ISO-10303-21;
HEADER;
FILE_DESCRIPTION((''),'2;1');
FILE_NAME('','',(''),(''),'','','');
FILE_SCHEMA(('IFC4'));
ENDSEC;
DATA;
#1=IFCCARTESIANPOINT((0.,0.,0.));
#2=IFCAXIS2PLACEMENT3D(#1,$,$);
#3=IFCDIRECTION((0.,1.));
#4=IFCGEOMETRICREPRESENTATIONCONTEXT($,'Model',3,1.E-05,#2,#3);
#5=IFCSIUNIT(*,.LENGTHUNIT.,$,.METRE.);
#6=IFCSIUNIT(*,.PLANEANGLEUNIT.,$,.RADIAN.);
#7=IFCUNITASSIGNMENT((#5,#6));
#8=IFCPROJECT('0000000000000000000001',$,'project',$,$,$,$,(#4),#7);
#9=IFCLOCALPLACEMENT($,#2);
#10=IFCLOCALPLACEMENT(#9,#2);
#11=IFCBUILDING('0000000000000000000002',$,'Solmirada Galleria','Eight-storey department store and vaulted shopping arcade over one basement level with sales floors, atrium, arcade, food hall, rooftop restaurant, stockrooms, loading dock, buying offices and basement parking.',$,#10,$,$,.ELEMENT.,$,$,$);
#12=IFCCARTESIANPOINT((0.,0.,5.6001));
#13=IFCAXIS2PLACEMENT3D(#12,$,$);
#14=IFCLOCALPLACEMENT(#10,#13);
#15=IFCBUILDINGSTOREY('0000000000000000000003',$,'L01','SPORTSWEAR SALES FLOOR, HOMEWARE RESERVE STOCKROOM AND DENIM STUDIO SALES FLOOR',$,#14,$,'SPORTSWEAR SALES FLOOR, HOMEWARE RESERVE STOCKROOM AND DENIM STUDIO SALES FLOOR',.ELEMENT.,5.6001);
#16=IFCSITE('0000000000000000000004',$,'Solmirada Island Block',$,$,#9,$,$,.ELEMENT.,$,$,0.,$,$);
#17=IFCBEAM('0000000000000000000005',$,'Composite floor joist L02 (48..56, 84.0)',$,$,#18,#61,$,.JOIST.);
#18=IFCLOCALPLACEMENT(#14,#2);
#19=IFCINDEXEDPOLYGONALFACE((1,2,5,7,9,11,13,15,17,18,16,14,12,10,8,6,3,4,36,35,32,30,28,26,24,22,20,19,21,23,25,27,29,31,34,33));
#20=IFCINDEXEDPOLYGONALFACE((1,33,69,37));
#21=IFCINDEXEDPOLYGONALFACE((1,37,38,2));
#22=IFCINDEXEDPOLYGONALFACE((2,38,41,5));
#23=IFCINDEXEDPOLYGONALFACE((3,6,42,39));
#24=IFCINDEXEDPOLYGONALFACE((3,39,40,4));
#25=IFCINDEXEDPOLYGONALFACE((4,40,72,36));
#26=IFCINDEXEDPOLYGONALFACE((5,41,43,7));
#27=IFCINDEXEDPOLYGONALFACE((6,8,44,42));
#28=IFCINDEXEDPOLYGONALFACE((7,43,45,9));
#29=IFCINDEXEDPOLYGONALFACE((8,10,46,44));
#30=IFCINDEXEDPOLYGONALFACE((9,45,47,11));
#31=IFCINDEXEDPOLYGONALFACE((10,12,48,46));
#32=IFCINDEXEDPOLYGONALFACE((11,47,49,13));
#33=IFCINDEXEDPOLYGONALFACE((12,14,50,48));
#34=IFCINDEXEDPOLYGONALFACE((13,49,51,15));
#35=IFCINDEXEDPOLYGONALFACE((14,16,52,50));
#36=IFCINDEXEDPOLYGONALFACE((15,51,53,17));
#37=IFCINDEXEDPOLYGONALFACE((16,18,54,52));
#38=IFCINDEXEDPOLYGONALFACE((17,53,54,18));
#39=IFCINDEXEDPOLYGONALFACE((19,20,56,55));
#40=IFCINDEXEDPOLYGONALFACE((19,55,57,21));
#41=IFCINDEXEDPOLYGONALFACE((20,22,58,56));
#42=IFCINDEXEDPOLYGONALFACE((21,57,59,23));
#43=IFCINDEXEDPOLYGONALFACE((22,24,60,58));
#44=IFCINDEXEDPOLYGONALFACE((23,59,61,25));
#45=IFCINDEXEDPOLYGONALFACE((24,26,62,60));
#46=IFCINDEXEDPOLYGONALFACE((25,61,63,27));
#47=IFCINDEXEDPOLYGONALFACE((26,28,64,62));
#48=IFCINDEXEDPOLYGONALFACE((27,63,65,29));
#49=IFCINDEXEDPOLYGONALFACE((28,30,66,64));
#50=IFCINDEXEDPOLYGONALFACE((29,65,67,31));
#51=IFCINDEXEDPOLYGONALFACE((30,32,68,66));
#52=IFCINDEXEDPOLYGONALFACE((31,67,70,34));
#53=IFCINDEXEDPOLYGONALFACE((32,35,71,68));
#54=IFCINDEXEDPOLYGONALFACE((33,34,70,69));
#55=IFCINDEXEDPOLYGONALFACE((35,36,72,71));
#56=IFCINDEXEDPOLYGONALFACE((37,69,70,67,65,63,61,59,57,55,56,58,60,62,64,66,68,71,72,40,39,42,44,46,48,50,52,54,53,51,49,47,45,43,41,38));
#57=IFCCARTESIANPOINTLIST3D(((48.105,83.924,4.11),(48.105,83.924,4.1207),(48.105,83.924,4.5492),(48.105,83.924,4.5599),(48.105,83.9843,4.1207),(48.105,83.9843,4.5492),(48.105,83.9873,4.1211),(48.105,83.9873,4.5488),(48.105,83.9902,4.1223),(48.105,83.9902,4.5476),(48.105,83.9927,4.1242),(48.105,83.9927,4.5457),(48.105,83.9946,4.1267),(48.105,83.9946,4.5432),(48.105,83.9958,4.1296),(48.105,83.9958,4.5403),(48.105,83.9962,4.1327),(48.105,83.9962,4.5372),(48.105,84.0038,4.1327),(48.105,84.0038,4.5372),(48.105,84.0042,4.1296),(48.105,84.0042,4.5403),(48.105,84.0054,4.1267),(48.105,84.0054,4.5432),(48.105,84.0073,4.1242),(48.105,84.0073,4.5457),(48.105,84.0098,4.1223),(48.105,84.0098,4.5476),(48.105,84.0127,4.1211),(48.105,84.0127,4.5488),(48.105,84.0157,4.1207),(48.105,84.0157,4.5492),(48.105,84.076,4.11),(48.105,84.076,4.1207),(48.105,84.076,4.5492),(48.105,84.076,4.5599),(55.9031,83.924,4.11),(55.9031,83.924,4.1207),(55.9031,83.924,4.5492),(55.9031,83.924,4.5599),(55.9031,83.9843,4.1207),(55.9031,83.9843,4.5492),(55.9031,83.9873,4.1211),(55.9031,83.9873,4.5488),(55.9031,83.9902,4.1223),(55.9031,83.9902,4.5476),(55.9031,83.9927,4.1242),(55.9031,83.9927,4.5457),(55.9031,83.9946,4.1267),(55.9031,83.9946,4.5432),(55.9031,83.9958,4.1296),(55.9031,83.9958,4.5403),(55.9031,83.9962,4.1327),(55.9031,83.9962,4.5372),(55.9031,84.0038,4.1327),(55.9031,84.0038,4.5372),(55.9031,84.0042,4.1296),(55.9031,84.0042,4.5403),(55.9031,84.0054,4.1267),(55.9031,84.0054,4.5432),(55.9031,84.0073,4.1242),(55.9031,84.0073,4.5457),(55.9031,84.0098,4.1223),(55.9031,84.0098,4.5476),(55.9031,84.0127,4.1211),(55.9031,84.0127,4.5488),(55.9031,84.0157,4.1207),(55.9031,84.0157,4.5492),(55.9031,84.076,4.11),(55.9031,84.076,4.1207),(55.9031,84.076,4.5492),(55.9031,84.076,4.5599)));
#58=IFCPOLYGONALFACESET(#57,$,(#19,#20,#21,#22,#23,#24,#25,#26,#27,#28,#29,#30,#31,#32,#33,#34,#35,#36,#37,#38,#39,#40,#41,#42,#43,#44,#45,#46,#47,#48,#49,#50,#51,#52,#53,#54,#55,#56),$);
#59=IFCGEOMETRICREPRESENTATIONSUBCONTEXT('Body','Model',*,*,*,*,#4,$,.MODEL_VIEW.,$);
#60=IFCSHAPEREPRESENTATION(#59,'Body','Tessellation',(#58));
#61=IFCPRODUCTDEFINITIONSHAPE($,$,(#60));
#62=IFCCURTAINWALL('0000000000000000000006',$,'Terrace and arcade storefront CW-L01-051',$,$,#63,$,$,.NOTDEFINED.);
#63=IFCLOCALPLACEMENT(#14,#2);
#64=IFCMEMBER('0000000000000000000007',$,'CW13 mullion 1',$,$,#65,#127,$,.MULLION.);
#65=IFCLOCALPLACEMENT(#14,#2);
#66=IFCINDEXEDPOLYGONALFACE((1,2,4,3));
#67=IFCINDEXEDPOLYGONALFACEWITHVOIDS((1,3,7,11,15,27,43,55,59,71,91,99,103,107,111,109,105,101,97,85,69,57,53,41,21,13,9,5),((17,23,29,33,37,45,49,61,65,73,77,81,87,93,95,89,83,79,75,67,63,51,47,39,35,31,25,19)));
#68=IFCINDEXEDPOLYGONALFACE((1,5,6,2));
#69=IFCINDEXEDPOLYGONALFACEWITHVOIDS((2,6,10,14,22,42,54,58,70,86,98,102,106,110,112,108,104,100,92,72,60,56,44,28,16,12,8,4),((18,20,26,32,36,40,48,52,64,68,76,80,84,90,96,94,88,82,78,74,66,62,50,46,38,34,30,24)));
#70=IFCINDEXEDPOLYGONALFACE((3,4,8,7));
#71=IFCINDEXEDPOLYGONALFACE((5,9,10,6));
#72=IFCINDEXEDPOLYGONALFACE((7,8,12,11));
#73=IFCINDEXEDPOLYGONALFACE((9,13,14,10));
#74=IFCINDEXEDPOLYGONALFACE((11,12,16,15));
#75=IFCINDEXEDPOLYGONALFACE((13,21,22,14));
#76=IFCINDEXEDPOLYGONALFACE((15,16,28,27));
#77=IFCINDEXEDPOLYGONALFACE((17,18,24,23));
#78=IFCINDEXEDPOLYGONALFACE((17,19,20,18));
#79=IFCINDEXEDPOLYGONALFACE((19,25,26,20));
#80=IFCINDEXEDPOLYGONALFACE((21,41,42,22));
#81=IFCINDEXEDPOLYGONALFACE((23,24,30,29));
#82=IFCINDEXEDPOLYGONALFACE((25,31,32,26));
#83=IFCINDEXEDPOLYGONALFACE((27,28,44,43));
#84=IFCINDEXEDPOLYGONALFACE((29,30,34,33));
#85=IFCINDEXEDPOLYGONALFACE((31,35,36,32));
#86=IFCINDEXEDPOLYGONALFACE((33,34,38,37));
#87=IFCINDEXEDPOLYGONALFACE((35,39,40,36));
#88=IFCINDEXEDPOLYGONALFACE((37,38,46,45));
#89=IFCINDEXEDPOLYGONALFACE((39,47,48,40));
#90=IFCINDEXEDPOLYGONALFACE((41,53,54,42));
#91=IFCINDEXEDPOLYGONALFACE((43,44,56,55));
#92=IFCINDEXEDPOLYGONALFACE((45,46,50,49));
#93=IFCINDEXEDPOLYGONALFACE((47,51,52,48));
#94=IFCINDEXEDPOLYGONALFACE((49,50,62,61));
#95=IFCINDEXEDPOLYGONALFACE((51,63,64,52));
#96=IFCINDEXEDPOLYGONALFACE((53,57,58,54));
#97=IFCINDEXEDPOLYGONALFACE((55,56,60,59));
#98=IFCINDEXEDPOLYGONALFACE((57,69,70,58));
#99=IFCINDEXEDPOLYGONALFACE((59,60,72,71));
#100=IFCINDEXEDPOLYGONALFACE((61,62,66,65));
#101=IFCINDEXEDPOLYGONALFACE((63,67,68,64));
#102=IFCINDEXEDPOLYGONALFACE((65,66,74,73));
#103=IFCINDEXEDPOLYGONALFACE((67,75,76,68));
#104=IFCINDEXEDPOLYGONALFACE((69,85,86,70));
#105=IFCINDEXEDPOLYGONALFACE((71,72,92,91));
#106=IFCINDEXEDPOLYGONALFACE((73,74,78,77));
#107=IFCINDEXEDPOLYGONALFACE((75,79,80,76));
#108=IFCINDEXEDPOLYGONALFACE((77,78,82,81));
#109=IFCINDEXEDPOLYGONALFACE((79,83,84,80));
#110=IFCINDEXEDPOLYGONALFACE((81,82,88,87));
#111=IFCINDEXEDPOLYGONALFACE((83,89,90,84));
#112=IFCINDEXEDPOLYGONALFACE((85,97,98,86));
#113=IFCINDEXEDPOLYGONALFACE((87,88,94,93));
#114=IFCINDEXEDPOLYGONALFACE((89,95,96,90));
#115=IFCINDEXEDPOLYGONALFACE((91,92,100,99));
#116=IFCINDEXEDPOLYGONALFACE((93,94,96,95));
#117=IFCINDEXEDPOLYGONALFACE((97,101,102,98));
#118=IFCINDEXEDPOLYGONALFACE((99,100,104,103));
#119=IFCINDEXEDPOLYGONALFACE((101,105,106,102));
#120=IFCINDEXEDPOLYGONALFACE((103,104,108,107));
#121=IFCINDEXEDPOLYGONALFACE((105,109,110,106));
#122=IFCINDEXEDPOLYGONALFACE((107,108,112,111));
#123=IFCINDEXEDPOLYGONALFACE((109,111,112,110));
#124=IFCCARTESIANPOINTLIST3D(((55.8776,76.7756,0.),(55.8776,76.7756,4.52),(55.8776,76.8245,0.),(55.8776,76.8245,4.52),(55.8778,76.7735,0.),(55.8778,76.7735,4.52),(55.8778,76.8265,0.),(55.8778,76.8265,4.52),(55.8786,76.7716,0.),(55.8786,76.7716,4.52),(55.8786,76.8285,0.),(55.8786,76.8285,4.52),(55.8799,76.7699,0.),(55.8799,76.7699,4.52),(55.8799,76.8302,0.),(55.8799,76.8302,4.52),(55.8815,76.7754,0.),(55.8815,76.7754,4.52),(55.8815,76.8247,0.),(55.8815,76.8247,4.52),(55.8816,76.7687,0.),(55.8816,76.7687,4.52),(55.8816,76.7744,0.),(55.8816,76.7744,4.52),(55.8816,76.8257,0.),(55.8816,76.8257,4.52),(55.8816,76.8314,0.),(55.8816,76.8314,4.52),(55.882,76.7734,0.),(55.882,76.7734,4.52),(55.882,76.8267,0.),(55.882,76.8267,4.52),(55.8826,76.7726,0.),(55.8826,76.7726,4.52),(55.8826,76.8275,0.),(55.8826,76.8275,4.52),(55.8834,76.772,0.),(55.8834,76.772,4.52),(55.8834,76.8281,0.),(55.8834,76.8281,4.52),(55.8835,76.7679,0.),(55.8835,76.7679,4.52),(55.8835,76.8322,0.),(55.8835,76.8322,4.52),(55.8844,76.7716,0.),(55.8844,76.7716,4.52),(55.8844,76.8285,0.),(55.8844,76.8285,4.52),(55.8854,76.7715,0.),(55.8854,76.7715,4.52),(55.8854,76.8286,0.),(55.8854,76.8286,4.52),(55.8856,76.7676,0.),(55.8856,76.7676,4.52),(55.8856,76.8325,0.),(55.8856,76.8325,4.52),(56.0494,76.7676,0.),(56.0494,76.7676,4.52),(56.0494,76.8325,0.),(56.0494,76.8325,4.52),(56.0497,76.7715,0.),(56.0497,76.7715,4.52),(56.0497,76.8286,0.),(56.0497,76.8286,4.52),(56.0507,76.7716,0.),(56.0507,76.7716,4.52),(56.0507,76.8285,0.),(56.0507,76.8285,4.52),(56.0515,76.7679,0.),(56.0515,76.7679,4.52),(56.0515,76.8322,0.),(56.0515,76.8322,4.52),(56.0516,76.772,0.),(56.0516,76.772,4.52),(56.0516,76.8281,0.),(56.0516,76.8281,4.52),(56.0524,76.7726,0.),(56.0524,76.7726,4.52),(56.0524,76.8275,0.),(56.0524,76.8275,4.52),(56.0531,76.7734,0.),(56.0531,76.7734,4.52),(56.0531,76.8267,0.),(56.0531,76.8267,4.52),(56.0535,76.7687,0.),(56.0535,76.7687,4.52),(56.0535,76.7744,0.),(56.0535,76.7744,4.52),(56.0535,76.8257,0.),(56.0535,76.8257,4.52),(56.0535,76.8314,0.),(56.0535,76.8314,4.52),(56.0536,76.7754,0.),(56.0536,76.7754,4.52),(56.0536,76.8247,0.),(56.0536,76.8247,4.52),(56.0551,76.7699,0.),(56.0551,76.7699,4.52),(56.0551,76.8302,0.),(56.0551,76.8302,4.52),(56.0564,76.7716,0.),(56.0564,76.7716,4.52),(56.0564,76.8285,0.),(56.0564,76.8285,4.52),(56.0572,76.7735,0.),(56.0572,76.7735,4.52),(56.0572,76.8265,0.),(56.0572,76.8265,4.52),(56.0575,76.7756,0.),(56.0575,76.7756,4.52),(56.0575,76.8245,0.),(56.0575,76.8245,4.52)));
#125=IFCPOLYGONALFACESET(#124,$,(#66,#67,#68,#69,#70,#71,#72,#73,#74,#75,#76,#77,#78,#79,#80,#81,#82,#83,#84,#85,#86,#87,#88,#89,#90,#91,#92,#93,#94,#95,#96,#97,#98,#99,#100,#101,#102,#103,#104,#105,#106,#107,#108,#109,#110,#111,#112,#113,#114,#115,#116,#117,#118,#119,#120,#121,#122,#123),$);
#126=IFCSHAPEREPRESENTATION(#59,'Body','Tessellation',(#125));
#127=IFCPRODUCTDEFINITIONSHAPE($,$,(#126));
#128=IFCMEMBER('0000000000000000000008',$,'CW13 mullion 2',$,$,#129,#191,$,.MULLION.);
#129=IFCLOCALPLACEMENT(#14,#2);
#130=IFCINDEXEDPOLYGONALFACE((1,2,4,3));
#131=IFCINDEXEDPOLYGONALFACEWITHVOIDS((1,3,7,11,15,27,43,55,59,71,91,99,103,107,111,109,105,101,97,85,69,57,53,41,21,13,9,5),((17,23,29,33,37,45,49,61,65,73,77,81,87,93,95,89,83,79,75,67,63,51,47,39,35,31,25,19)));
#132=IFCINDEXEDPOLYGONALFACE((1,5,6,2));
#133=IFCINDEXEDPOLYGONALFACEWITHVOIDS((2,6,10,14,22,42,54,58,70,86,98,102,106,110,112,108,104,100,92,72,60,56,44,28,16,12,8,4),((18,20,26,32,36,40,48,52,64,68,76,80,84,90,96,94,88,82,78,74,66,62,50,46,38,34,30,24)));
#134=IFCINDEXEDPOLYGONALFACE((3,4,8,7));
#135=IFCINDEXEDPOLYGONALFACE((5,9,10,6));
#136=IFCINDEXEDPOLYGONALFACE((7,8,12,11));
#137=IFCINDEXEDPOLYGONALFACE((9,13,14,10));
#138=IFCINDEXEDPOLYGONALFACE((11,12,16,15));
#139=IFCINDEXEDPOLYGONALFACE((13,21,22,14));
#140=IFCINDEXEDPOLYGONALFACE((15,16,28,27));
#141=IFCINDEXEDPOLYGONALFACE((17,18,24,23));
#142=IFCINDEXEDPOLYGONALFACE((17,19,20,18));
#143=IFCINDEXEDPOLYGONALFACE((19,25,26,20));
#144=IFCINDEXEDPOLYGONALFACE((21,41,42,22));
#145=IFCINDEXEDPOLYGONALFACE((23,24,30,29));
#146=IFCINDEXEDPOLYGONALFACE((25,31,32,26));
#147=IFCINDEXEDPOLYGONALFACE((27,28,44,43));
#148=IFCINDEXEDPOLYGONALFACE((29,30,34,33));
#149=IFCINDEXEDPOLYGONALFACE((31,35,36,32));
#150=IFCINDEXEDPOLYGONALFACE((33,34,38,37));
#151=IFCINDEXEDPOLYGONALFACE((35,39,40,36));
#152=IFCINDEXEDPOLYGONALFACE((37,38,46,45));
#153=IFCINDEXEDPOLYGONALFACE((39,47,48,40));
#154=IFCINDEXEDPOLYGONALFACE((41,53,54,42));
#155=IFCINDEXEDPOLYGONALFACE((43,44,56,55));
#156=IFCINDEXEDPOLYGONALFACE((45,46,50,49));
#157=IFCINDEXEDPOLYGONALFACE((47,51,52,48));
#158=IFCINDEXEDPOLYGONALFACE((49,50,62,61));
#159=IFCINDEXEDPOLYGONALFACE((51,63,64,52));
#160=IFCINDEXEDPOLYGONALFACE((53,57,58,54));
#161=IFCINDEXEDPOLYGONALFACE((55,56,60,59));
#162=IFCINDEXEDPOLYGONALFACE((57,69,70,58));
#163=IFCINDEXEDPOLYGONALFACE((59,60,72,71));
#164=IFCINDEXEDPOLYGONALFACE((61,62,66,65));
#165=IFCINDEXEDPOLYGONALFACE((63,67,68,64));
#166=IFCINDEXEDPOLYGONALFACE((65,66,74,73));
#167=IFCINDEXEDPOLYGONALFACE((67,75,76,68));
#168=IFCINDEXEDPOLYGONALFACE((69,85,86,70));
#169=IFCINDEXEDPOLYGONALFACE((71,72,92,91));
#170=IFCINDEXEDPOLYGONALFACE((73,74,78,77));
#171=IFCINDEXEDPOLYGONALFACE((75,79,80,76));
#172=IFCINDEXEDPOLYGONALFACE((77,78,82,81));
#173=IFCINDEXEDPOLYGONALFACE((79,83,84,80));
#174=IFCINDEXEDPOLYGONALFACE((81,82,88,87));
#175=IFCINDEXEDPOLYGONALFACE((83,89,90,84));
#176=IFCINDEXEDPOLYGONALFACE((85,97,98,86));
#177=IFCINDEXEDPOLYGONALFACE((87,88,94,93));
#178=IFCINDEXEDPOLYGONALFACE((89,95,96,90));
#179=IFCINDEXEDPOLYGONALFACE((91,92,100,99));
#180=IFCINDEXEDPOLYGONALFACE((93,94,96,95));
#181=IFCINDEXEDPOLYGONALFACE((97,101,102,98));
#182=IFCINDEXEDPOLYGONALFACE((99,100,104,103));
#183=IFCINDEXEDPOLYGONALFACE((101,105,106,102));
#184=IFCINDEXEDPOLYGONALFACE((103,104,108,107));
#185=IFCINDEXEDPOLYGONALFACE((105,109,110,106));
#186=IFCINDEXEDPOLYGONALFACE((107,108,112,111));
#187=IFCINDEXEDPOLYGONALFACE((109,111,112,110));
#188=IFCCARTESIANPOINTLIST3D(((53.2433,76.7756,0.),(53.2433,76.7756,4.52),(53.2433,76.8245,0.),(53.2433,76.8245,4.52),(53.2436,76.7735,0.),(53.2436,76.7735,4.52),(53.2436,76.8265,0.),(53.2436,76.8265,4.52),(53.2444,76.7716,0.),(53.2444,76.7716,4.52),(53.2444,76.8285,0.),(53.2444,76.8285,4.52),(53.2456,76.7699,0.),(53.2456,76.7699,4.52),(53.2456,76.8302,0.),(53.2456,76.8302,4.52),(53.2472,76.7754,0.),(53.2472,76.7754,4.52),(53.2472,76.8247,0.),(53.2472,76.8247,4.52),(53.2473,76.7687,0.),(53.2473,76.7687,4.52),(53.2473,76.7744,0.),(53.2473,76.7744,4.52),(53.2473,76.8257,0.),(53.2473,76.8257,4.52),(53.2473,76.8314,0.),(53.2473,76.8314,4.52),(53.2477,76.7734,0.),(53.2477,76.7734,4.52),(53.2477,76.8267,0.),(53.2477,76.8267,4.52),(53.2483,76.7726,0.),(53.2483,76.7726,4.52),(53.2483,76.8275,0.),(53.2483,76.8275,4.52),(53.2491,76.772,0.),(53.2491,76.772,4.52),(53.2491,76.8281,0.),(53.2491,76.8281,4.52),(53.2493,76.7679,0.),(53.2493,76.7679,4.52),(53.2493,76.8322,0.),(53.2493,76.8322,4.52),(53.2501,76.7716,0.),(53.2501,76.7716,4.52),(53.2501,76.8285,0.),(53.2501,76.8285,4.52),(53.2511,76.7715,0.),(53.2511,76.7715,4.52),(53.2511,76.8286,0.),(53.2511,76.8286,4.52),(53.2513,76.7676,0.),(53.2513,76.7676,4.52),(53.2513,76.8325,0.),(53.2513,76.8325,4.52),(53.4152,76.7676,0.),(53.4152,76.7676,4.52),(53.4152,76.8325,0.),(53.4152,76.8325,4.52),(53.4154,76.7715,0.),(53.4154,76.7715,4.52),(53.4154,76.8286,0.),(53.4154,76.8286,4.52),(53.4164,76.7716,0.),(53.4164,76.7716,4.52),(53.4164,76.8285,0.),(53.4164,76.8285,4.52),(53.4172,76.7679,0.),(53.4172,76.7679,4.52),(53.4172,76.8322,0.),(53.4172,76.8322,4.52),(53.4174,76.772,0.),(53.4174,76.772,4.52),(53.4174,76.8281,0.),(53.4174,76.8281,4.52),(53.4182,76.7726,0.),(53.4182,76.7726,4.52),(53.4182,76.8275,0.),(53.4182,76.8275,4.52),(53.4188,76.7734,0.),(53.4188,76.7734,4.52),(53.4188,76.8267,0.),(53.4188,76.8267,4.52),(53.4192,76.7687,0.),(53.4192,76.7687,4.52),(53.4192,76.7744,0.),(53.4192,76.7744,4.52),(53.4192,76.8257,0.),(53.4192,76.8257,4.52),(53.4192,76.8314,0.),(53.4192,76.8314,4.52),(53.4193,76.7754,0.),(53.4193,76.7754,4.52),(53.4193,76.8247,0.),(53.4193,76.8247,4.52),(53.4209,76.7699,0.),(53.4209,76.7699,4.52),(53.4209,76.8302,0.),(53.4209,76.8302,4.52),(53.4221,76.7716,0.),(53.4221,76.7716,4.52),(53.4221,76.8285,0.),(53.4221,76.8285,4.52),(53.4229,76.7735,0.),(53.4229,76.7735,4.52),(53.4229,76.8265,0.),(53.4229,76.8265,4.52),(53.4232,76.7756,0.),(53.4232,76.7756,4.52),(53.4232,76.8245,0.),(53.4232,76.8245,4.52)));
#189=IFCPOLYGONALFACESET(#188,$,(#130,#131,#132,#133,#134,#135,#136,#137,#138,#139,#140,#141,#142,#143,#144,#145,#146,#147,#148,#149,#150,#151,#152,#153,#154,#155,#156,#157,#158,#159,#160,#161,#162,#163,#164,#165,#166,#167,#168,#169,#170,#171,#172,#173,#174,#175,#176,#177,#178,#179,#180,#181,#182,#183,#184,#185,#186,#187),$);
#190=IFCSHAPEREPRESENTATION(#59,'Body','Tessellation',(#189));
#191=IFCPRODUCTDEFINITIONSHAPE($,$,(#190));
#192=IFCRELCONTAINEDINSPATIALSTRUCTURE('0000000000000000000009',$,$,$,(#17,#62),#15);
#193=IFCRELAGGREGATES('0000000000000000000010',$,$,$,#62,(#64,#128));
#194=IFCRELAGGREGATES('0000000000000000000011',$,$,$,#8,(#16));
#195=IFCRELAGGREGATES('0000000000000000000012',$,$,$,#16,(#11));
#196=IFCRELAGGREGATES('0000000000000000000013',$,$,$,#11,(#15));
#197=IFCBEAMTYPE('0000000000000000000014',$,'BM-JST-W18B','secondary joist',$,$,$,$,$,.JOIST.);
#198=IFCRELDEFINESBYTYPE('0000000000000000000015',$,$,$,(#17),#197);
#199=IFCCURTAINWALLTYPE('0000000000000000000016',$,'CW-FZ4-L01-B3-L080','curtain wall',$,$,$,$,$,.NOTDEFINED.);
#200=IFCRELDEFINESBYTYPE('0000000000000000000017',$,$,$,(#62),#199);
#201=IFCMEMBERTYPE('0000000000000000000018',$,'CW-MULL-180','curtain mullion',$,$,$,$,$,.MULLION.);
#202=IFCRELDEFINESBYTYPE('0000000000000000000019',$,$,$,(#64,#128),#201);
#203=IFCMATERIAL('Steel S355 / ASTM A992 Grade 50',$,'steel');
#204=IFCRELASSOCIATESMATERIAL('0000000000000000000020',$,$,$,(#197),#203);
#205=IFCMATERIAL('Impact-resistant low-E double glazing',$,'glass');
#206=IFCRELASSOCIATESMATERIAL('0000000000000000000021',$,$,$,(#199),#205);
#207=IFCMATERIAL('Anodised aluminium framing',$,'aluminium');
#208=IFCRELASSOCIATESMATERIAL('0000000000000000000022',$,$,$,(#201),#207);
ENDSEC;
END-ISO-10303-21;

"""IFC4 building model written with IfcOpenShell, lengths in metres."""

from ifc_helpers import new_model, si_unit, direction, frame, origin, origin_2d, place, context, subcontext, project, spatial, hollow_rectangle, i_section, extrude, material, material_profile, profile_set, type_object, element, aggregate, save


model = new_model("IFC4")

# Units and contexts
model_context = context("Model", 3, precision=1e-05, world=origin(), true_north=direction((0.0, 1.0)))
body_context = subcontext(model_context, "Body", "Model", "MODEL_VIEW")
ifc_project = project(units=[si_unit("LENGTHUNIT", "METRE"), si_unit("PLANEANGLEUNIT", "RADIAN")], contexts=[model_context])

# Site, building, storey
site_placement = place(None, origin())
site = spatial("IfcSite", under=ifc_project, at=site_placement, Name="Solmirada Island Block", CompositionType="ELEMENT", RefElevation=0.0)
building_placement = place(site_placement, origin())
building = spatial("IfcBuilding", under=site, at=building_placement, Name="Solmirada Galleria", Description="Eight-storey department store and vaulted shopping arcade over one basement level with sales floors, atrium, arcade, food hall, rooftop restaurant, stockrooms, loading dock, buying offices and basement parking.", CompositionType="ELEMENT")
storey_placement = place(building_placement, frame((0.0, 0.0, 5.6001)))
storey = spatial("IfcBuildingStorey", under=building, at=storey_placement, Name="L01", Description="SPORTSWEAR SALES FLOOR, HOMEWARE RESERVE STOCKROOM AND DENIM STUDIO SALES FLOOR", LongName="SPORTSWEAR SALES FLOOR, HOMEWARE RESERVE STOCKROOM AND DENIM STUDIO SALES FLOOR", CompositionType="ELEMENT", Elevation=5.6001)

# Beam
ifc_material_1 = material(Name="Steel S355 / ASTM A992 Grade 50", Category="steel")
ifc_material_profile_1 = material_profile(ifc_material_1, i_section(OverallWidth=0.1521, OverallDepth=0.45, WebThickness=0.0076, FlangeThickness=0.0107, FilletRadius=0.012, at=origin_2d()), Name="W18X35")
ifc_profile_set_1 = profile_set([ifc_material_profile_1], Name="Steel S355 / ASTM A992 Grade 50")
beam_type_1 = type_object("IfcBeamType", Name="BM-JST-W18B", Description="secondary joist", PredefinedType="JOIST", material=ifc_profile_set_1)
beam_1_placement = place(storey_placement, frame((48.105, 84.0, 4.335), z_axis=(1.0, 0.0, 0.0), x_axis=(0.0, 1.0, 0.0)))
element("IfcBeam", 1, at=beam_1_placement, inside=storey, type_object=beam_type_1, Name="Composite floor joist L02 (48..56, 84.0)", PredefinedType="JOIST", context=body_context, shape_type="SweptSolid", body=[
    extrude(i_section(OverallWidth=0.1521, OverallDepth=0.45, WebThickness=0.0076, FlangeThickness=0.0107, FilletRadius=0.012, at=origin_2d()), origin(), (0.0, 0.0, 1.0), 7.7981),
])

# Curtain wall, members
ifc_material_2 = material(Name="Impact-resistant low-E double glazing", Category="glass")
curtain_wall_type = type_object("IfcCurtainWallType", Name="CW-FZ4-L01-B3-L080", Description="curtain wall", PredefinedType="NOTDEFINED", material=ifc_material_2)
curtain_wall_1_placement = place(storey_placement, origin())
curtain_wall_1 = element("IfcCurtainWall", 2, at=curtain_wall_1_placement, inside=storey, type_object=curtain_wall_type, Name="Terrace and arcade storefront CW-L01-051", PredefinedType="NOTDEFINED")
ifc_material_3 = material(Name="Anodised aluminium framing", Category="aluminium")
ifc_material_profile_2 = material_profile(ifc_material_3, hollow_rectangle(XDim=0.0649, YDim=0.1799, WallThickness=0.0039, InnerFilletRadius=0.0039, OuterFilletRadius=0.0081, at=origin_2d()), Name="ALU-MULL-180X65")
ifc_profile_set_2 = profile_set([ifc_material_profile_2], Name="Anodised aluminium framing")
member_type_1 = type_object("IfcMemberType", Name="CW-MULL-180", Description="curtain mullion", PredefinedType="MULLION", material=ifc_profile_set_2)
member_1_placement = place(storey_placement, frame((55.9675, 76.8, 0.0), z_axis=(0.0, 0.0, 1.0), x_axis=(0.0, -1.0, 0.0)))
member_1 = element("IfcMember", 3, at=member_1_placement, type_object=member_type_1, Name="CW13 mullion 1", PredefinedType="MULLION", context=body_context, shape_type="SweptSolid", body=[
    extrude(hollow_rectangle(XDim=0.0649, YDim=0.1799, WallThickness=0.0039, InnerFilletRadius=0.0039, OuterFilletRadius=0.0081, at=origin_2d()), origin(), (0.0, 0.0, 1.0), 4.52),
])
member_2_placement = place(storey_placement, frame((53.3333, 76.8, 0.0), z_axis=(0.0, 0.0, 1.0), x_axis=(0.0, -1.0, 0.0)))
member_2 = element("IfcMember", 4, at=member_2_placement, type_object=member_type_1, Name="CW13 mullion 2", PredefinedType="MULLION", context=body_context, shape_type="SweptSolid", body=[
    extrude(hollow_rectangle(XDim=0.0649, YDim=0.1799, WallThickness=0.0039, InnerFilletRadius=0.0039, OuterFilletRadius=0.0081, at=origin_2d()), origin(), (0.0, 0.0, 1.0), 4.52),
])

aggregate(curtain_wall_1, [member_1, member_2])

save(model, "model.ifc")
